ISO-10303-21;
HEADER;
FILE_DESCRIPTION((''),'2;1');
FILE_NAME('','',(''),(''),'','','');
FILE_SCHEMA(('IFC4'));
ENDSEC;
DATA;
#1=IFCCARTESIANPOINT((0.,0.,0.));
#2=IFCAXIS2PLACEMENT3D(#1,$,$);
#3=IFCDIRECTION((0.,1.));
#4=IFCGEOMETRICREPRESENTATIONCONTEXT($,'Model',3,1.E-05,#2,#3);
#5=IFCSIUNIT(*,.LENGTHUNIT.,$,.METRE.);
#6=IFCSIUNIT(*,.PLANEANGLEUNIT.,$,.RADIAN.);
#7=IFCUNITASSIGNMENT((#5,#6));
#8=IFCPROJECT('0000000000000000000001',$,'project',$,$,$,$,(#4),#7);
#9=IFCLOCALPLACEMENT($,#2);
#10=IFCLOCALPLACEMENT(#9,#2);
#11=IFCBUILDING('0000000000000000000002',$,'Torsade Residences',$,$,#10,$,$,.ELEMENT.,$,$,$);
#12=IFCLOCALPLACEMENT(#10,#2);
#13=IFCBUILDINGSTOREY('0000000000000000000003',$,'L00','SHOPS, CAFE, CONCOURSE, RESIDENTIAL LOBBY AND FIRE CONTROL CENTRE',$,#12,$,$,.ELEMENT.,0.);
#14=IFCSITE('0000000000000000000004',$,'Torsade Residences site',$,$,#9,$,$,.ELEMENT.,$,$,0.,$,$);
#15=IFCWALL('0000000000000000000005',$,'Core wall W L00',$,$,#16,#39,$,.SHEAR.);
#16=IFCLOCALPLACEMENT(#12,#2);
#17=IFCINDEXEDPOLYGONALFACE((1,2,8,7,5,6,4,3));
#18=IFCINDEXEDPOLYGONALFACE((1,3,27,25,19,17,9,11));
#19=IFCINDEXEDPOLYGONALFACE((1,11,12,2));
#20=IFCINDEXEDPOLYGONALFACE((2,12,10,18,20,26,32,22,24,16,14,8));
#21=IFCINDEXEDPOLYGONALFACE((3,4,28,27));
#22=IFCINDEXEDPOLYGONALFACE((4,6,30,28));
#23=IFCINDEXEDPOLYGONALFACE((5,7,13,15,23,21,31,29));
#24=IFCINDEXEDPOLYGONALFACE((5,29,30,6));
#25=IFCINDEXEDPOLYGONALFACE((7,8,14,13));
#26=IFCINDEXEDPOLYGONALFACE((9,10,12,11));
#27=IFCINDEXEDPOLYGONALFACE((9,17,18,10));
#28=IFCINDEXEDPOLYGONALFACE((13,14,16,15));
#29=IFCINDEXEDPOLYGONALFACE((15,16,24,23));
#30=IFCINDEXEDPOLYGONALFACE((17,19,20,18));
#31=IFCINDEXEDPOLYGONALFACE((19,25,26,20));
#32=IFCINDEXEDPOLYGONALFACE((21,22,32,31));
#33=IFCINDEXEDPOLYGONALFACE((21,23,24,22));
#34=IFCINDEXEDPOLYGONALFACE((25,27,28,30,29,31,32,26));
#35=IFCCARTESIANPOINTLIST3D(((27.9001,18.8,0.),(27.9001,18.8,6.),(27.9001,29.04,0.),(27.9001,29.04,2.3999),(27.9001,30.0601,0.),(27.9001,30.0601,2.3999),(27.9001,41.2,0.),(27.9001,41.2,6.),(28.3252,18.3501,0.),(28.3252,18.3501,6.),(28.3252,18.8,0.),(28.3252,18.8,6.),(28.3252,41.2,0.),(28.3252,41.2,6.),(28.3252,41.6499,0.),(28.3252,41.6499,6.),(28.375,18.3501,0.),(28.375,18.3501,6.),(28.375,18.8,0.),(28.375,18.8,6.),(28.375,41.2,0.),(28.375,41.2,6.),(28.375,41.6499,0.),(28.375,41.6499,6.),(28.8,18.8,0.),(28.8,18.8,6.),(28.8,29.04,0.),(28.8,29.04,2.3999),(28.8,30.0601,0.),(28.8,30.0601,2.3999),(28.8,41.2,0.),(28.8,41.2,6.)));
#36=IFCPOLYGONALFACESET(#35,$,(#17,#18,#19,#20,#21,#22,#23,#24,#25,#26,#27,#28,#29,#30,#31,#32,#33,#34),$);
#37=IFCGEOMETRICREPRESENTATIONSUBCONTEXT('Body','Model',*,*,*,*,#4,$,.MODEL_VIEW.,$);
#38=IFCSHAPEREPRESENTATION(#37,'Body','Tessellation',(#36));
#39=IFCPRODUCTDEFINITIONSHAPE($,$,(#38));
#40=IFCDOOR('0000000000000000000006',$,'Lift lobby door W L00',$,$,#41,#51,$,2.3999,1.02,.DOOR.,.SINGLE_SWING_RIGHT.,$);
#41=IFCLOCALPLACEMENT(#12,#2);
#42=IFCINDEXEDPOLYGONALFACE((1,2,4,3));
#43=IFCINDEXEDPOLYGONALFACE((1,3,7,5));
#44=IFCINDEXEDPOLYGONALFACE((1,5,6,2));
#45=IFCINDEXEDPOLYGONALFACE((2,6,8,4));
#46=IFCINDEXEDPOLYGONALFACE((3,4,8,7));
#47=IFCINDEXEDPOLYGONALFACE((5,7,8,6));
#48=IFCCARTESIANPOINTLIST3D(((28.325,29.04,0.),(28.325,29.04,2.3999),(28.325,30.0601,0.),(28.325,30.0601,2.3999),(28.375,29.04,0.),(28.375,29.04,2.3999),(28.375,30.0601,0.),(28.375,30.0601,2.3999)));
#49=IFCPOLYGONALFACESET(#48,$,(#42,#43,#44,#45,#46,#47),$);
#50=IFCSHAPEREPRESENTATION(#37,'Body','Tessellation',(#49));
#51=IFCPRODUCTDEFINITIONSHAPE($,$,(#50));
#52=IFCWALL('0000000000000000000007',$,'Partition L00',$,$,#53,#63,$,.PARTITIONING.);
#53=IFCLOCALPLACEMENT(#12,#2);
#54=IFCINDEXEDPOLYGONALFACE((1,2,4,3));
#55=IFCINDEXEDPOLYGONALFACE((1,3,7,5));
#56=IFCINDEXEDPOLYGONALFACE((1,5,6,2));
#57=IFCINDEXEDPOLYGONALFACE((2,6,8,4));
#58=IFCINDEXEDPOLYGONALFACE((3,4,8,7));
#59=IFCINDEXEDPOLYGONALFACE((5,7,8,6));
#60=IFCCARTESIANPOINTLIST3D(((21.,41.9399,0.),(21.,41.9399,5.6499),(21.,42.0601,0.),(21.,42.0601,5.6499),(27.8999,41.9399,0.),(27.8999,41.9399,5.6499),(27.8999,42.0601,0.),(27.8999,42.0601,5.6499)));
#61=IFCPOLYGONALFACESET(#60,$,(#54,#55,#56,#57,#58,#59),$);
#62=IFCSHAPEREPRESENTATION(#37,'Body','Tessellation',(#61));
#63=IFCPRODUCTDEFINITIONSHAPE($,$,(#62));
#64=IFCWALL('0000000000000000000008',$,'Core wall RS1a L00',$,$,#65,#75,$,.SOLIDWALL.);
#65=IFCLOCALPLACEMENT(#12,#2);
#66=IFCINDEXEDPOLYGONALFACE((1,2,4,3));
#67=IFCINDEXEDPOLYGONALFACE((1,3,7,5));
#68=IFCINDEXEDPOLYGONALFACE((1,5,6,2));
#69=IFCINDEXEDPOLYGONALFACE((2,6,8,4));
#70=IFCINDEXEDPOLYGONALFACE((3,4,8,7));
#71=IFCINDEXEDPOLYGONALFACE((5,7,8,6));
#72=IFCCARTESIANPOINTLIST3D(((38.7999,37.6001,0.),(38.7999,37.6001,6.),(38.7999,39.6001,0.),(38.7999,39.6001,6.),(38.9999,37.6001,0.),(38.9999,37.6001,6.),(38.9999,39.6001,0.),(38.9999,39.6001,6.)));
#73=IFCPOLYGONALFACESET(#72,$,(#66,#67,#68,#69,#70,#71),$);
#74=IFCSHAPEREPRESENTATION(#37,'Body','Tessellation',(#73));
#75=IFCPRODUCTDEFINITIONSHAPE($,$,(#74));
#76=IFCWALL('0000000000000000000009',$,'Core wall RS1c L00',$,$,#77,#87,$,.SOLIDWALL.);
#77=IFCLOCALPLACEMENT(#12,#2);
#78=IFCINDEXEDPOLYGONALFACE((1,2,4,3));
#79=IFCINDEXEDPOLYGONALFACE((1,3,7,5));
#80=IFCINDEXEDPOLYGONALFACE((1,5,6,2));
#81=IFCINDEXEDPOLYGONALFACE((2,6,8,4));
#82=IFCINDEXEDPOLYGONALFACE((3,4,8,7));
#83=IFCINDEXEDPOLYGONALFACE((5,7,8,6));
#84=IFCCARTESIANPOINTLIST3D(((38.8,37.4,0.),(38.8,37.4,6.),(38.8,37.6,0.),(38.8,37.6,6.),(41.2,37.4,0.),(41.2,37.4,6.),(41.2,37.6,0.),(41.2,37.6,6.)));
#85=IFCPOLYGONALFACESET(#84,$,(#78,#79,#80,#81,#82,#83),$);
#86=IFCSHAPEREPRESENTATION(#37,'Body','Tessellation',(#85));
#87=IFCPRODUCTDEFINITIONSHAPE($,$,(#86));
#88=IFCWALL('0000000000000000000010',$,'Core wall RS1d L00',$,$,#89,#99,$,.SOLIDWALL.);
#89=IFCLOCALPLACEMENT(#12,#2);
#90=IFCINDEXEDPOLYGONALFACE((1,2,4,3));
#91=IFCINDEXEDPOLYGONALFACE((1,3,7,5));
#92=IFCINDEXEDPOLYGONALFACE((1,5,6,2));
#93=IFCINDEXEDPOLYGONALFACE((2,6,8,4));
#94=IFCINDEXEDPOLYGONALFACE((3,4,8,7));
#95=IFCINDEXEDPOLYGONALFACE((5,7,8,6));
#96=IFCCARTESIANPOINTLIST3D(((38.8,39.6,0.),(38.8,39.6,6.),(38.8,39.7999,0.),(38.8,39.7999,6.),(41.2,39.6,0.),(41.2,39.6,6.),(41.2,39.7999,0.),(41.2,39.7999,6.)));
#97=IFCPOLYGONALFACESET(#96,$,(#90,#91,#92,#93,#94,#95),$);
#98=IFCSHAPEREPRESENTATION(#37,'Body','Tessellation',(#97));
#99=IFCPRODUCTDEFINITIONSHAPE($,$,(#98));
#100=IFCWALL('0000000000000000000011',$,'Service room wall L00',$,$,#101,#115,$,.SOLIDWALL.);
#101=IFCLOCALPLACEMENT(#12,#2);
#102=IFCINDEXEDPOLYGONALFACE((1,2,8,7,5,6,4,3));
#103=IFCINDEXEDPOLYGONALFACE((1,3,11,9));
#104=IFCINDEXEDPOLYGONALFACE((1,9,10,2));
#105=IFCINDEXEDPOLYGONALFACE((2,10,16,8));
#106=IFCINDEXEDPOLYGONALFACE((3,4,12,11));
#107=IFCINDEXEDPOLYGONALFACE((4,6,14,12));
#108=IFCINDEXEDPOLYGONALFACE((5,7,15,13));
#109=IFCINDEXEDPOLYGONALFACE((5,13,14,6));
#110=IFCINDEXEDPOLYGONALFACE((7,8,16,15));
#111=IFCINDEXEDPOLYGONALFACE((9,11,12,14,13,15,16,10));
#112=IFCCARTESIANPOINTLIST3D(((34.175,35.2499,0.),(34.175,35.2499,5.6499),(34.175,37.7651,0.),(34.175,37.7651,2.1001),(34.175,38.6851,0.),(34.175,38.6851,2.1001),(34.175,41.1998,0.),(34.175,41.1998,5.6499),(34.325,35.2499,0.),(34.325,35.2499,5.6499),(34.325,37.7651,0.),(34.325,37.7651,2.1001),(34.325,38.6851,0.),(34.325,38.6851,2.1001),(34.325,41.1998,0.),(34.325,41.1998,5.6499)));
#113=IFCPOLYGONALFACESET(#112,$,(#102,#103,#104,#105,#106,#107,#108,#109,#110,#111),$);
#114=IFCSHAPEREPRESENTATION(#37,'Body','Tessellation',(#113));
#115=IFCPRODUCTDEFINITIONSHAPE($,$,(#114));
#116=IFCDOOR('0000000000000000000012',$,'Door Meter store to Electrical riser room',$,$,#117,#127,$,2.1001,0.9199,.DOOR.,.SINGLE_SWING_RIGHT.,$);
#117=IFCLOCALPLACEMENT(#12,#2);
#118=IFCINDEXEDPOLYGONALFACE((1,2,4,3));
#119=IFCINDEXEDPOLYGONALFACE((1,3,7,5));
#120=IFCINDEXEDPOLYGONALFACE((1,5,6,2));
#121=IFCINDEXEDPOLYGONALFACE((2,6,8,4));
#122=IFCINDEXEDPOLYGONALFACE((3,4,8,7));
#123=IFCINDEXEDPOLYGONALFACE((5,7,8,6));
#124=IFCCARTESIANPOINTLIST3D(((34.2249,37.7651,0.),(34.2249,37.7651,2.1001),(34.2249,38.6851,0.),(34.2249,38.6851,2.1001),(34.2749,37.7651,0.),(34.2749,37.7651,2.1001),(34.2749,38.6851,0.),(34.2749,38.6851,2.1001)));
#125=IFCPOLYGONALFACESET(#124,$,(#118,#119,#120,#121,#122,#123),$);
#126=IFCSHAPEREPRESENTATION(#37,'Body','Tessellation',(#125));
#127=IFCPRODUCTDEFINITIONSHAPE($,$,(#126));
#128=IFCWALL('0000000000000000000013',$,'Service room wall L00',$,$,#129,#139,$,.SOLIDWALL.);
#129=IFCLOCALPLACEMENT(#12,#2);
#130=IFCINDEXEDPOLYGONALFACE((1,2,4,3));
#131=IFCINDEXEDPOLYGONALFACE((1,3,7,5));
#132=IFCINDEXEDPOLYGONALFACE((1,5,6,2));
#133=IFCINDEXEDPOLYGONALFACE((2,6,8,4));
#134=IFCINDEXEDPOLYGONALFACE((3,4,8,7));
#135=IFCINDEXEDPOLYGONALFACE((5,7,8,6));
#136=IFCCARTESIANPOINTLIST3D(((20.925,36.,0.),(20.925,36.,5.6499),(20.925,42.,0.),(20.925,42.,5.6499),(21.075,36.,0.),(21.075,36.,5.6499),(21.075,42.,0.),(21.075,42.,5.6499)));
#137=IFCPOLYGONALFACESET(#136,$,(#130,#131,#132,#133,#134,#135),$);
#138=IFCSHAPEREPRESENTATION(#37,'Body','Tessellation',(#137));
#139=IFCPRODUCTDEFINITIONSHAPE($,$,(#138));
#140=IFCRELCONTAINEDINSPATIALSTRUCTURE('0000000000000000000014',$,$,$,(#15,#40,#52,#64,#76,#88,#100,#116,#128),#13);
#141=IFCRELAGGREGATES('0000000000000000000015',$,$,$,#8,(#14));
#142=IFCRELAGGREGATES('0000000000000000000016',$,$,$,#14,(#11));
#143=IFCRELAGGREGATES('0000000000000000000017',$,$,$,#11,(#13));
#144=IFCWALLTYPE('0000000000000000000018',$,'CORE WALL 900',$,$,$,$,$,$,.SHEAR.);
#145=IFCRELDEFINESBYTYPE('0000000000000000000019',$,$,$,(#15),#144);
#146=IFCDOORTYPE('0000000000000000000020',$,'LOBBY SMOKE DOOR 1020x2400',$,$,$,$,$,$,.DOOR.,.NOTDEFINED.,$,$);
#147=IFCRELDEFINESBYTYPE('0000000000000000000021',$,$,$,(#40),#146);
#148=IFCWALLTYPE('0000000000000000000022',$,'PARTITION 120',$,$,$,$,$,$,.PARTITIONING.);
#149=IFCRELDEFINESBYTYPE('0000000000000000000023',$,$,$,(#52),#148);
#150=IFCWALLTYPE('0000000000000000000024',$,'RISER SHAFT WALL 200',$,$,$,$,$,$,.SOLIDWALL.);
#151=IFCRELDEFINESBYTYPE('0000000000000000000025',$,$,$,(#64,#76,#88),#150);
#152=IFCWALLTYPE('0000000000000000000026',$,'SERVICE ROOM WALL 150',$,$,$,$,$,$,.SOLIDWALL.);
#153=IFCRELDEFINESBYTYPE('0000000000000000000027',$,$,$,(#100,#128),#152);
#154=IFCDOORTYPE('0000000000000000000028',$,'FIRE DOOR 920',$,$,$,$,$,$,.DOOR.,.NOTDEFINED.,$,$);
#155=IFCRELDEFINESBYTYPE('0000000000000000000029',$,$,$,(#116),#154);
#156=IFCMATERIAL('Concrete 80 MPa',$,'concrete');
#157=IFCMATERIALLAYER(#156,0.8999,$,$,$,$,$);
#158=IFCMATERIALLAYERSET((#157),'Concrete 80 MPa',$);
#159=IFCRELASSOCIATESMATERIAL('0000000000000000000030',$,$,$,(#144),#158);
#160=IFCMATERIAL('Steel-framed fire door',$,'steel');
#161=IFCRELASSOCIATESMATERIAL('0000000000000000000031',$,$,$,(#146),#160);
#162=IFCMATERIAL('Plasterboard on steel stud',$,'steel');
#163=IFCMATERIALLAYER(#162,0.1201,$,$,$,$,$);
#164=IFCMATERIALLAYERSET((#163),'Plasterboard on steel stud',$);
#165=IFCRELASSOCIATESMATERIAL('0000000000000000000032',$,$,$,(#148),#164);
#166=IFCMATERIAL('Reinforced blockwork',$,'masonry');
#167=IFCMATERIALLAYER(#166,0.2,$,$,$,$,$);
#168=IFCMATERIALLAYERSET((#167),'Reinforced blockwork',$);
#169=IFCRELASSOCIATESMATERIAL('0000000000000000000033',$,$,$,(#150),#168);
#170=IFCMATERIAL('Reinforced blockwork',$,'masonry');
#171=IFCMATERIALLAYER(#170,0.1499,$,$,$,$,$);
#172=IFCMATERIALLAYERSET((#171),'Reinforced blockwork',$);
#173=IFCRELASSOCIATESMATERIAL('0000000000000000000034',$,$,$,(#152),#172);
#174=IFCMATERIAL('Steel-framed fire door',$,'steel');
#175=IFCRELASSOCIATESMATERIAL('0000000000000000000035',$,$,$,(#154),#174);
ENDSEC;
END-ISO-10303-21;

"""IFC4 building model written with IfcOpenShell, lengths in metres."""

from ifc_helpers import new_model, si_unit, direction, frame, frame_2d, origin, place, context, subcontext, project, spatial, polyline, rectangle, outline, extrude, material, layer, layer_set, type_object, element, fill, save


model = new_model("IFC4")

# Units and contexts
model_context = context("Model", 3, precision=1e-05, world=origin(), true_north=direction((0.0, 1.0)))
body_context = subcontext(model_context, "Body", "Model", "MODEL_VIEW")
ifc_project = project(units=[si_unit("LENGTHUNIT", "METRE"), si_unit("PLANEANGLEUNIT", "RADIAN")], contexts=[model_context])

# Site, building, storey
site_placement = place(None, origin())
site = spatial("IfcSite", under=ifc_project, at=site_placement, Name="Torsade Residences site", CompositionType="ELEMENT", RefElevation=0.0)
building_placement = place(site_placement, origin())
building = spatial("IfcBuilding", under=site, at=building_placement, Name="Torsade Residences", CompositionType="ELEMENT")
storey_placement = place(building_placement, origin())
storey = spatial("IfcBuildingStorey", under=building, at=storey_placement, Name="L00", Description="SHOPS, CAFE, CONCOURSE, RESIDENTIAL LOBBY AND FIRE CONTROL CENTRE", CompositionType="ELEMENT", Elevation=0.0)

# Shared definitions
ifc_material_1 = material(Name="Concrete 80 MPa", Category="concrete")
ifc_layer_1 = layer(ifc_material_1, 0.8999)
ifc_layer_set_1 = layer_set([ifc_layer_1], Name="Concrete 80 MPa")
wall_type_1 = type_object("IfcWallType", Name="CORE WALL 900", PredefinedType="SHEAR", material=ifc_layer_set_1)

# Wall, opening, door
wall_1_placement = place(storey_placement, frame((28.3501, 41.2, 0.0), z_axis=(0.0, 0.0, 1.0), x_axis=(0.0, -1.0, 0.0)))
wall_1 = element("IfcWall", 1, at=wall_1_placement, inside=storey, type_object=wall_type_1, Name="Core wall W L00", PredefinedType="SHEAR", context=body_context, shape_type="SweptSolid", body=[
    extrude(outline(polyline([(0.0, -0.45), (22.3999, -0.45), (22.3999, -0.0249), (22.8499, -0.0249), (22.8499, 0.0249), (22.3999, 0.0249), (22.3999, 0.45), (0.0, 0.45), (0.0, 0.0249), (-0.45, 0.0249), (-0.45, -0.0249), (0.0, -0.0249), (0.0, -0.45)])), origin(), (0.0, 0.0, 1.0), 6.0),
])
opening_1_placement = place(wall_1_placement, frame((11.1399, 0.0, 0.0)))
opening_1 = element("IfcOpeningElement", 2, at=opening_1_placement, cuts=wall_1, PredefinedType="OPENING", context=body_context, shape_type="SweptSolid", body=[
    extrude(rectangle(XDim=1.02, YDim=2.3999, at=frame_2d((0.51, 1.2))), frame((0.0, 0.46, 0.0), z_axis=(0.0, -1.0, 0.0), x_axis=(1.0, 0.0, 0.0)), (0.0, 0.0, 1.0), 0.9199),
])
ifc_material_2 = material(Name="Steel-framed fire door", Category="steel")
door_type_1 = type_object("IfcDoorType", Name="LOBBY SMOKE DOOR 1020x2400", OperationType="NOTDEFINED", PredefinedType="DOOR", material=ifc_material_2)
door_1_placement = place(opening_1_placement, origin())
door_1 = element("IfcDoor", 3, at=door_1_placement, inside=storey, type_object=door_type_1, Name="Lift lobby door W L00", OperationType="SINGLE_SWING_RIGHT", OverallHeight=2.3999, OverallWidth=1.02, PredefinedType="DOOR", context=body_context, shape_type="SweptSolid", body=[
    extrude(rectangle(XDim=1.02, YDim=2.3999, at=frame_2d((0.51, 1.2))), frame((0.0, 0.0249, 0.0), z_axis=(0.0, -1.0, 0.0), x_axis=(1.0, 0.0, 0.0)), (0.0, 0.0, 1.0), 0.05),
])
fill(opening_1, door_1)

# Walls
ifc_material_3 = material(Name="Plasterboard on steel stud", Category="steel")
ifc_layer_2 = layer(ifc_material_3, 0.1201)
ifc_layer_set_2 = layer_set([ifc_layer_2], Name="Plasterboard on steel stud")
wall_type_2 = type_object("IfcWallType", Name="PARTITION 120", PredefinedType="PARTITIONING", material=ifc_layer_set_2)
wall_2_placement = place(storey_placement, frame((21.0, 42.0, 0.0), z_axis=(0.0, 0.0, 1.0), x_axis=(1.0, 0.0, 0.0)))
element("IfcWall", 4, at=wall_2_placement, inside=storey, type_object=wall_type_2, Name="Partition L00", PredefinedType="PARTITIONING", context=body_context, shape_type="SweptSolid", body=[
    extrude(rectangle(XDim=6.8999, YDim=0.1201, at=frame_2d((3.45, 0.0))), origin(), (0.0, 0.0, 1.0), 5.6499),
])
ifc_material_4 = material(Name="Reinforced blockwork", Category="masonry")
ifc_layer_3 = layer(ifc_material_4, 0.2)
ifc_layer_set_3 = layer_set([ifc_layer_3], Name="Reinforced blockwork")
wall_type_3 = type_object("IfcWallType", Name="RISER SHAFT WALL 200", PredefinedType="SOLIDWALL", material=ifc_layer_set_3)
wall_3_placement = place(storey_placement, frame((38.8999, 37.6001, 0.0), z_axis=(0.0, 0.0, 1.0), x_axis=(0.0, 1.0, 0.0)))
element("IfcWall", 5, at=wall_3_placement, inside=storey, type_object=wall_type_3, Name="Core wall RS1a L00", PredefinedType="SOLIDWALL", context=body_context, shape_type="SweptSolid", body=[
    extrude(rectangle(XDim=2.0, YDim=0.2, at=frame_2d((1.0, 0.0))), origin(), (0.0, 0.0, 1.0), 6.0),
])
for number, where, z_axis, x_axis, name in (
    (6, (38.8, 37.5, 0.0), (0.0, 0.0, 1.0), (1.0, 0.0, 0.0), "Core wall RS1c L00"),
    (7, (38.8, 39.7, 0.0), (0.0, 0.0, 1.0), (1.0, 0.0, 0.0), "Core wall RS1d L00"),
):
    element("IfcWall", number, at=place(storey_placement, frame(where, z_axis=z_axis, x_axis=x_axis)), inside=storey, type_object=wall_type_3, Name=name, PredefinedType="SOLIDWALL", context=body_context, shape_type="SweptSolid", body=[
        extrude(rectangle(XDim=2.3999, YDim=0.2, at=frame_2d((1.2, 0.0))), origin(), (0.0, 0.0, 1.0), 6.0),
    ])

# Wall, opening, door
ifc_material_5 = material(Name="Reinforced blockwork", Category="masonry")
ifc_layer_4 = layer(ifc_material_5, 0.1499)
ifc_layer_set_4 = layer_set([ifc_layer_4], Name="Reinforced blockwork")
wall_type_4 = type_object("IfcWallType", Name="SERVICE ROOM WALL 150", PredefinedType="SOLIDWALL", material=ifc_layer_set_4)
wall_4_placement = place(storey_placement, frame((34.25, 41.2, 0.0), z_axis=(0.0, 0.0, 1.0), x_axis=(0.0, -1.0, 0.0)))
wall_4 = element("IfcWall", 8, at=wall_4_placement, inside=storey, type_object=wall_type_4, Name="Service room wall L00", PredefinedType="SOLIDWALL", context=body_context, shape_type="SweptSolid", body=[
    extrude(rectangle(XDim=5.95, YDim=0.1499, at=frame_2d((2.9751, 0.0))), origin(), (0.0, 0.0, 1.0), 5.6499),
])
opening_2_placement = place(wall_4_placement, frame((2.5149, 0.0, 0.0)))
opening_2 = element("IfcOpeningElement", 9, at=opening_2_placement, cuts=wall_4, PredefinedType="OPENING", context=body_context, shape_type="SweptSolid", body=[
    extrude(rectangle(XDim=0.9199, YDim=2.1001, at=frame_2d((0.46, 1.05))), frame((0.0, 0.085, 0.0), z_axis=(0.0, -1.0, 0.0), x_axis=(1.0, 0.0, 0.0)), (0.0, 0.0, 1.0), 0.1699),
])
ifc_material_6 = material(Name="Steel-framed fire door", Category="steel")
door_type_2 = type_object("IfcDoorType", Name="FIRE DOOR 920", OperationType="NOTDEFINED", PredefinedType="DOOR", material=ifc_material_6)
door_2_placement = place(opening_2_placement, origin())
door_2 = element("IfcDoor", 10, at=door_2_placement, inside=storey, type_object=door_type_2, Name="Door Meter store to Electrical riser room", OperationType="SINGLE_SWING_RIGHT", OverallHeight=2.1001, OverallWidth=0.9199, PredefinedType="DOOR", context=body_context, shape_type="SweptSolid", body=[
    extrude(rectangle(XDim=0.9199, YDim=2.1001, at=frame_2d((0.46, 1.05))), frame((0.0, 0.0249, 0.0), z_axis=(0.0, -1.0, 0.0), x_axis=(1.0, 0.0, 0.0)), (0.0, 0.0, 1.0), 0.05),
])
fill(opening_2, door_2)

# Wall
wall_5_placement = place(storey_placement, frame((21.0, 42.0, 0.0), z_axis=(0.0, 0.0, 1.0), x_axis=(0.0, -1.0, 0.0)))
element("IfcWall", 11, at=wall_5_placement, inside=storey, type_object=wall_type_4, Name="Service room wall L00", PredefinedType="SOLIDWALL", context=body_context, shape_type="SweptSolid", body=[
    extrude(rectangle(XDim=6.0, YDim=0.1499, at=frame_2d((3.0, 0.0))), origin(), (0.0, 0.0, 1.0), 5.6499),
])

save(model, "model.ifc")
